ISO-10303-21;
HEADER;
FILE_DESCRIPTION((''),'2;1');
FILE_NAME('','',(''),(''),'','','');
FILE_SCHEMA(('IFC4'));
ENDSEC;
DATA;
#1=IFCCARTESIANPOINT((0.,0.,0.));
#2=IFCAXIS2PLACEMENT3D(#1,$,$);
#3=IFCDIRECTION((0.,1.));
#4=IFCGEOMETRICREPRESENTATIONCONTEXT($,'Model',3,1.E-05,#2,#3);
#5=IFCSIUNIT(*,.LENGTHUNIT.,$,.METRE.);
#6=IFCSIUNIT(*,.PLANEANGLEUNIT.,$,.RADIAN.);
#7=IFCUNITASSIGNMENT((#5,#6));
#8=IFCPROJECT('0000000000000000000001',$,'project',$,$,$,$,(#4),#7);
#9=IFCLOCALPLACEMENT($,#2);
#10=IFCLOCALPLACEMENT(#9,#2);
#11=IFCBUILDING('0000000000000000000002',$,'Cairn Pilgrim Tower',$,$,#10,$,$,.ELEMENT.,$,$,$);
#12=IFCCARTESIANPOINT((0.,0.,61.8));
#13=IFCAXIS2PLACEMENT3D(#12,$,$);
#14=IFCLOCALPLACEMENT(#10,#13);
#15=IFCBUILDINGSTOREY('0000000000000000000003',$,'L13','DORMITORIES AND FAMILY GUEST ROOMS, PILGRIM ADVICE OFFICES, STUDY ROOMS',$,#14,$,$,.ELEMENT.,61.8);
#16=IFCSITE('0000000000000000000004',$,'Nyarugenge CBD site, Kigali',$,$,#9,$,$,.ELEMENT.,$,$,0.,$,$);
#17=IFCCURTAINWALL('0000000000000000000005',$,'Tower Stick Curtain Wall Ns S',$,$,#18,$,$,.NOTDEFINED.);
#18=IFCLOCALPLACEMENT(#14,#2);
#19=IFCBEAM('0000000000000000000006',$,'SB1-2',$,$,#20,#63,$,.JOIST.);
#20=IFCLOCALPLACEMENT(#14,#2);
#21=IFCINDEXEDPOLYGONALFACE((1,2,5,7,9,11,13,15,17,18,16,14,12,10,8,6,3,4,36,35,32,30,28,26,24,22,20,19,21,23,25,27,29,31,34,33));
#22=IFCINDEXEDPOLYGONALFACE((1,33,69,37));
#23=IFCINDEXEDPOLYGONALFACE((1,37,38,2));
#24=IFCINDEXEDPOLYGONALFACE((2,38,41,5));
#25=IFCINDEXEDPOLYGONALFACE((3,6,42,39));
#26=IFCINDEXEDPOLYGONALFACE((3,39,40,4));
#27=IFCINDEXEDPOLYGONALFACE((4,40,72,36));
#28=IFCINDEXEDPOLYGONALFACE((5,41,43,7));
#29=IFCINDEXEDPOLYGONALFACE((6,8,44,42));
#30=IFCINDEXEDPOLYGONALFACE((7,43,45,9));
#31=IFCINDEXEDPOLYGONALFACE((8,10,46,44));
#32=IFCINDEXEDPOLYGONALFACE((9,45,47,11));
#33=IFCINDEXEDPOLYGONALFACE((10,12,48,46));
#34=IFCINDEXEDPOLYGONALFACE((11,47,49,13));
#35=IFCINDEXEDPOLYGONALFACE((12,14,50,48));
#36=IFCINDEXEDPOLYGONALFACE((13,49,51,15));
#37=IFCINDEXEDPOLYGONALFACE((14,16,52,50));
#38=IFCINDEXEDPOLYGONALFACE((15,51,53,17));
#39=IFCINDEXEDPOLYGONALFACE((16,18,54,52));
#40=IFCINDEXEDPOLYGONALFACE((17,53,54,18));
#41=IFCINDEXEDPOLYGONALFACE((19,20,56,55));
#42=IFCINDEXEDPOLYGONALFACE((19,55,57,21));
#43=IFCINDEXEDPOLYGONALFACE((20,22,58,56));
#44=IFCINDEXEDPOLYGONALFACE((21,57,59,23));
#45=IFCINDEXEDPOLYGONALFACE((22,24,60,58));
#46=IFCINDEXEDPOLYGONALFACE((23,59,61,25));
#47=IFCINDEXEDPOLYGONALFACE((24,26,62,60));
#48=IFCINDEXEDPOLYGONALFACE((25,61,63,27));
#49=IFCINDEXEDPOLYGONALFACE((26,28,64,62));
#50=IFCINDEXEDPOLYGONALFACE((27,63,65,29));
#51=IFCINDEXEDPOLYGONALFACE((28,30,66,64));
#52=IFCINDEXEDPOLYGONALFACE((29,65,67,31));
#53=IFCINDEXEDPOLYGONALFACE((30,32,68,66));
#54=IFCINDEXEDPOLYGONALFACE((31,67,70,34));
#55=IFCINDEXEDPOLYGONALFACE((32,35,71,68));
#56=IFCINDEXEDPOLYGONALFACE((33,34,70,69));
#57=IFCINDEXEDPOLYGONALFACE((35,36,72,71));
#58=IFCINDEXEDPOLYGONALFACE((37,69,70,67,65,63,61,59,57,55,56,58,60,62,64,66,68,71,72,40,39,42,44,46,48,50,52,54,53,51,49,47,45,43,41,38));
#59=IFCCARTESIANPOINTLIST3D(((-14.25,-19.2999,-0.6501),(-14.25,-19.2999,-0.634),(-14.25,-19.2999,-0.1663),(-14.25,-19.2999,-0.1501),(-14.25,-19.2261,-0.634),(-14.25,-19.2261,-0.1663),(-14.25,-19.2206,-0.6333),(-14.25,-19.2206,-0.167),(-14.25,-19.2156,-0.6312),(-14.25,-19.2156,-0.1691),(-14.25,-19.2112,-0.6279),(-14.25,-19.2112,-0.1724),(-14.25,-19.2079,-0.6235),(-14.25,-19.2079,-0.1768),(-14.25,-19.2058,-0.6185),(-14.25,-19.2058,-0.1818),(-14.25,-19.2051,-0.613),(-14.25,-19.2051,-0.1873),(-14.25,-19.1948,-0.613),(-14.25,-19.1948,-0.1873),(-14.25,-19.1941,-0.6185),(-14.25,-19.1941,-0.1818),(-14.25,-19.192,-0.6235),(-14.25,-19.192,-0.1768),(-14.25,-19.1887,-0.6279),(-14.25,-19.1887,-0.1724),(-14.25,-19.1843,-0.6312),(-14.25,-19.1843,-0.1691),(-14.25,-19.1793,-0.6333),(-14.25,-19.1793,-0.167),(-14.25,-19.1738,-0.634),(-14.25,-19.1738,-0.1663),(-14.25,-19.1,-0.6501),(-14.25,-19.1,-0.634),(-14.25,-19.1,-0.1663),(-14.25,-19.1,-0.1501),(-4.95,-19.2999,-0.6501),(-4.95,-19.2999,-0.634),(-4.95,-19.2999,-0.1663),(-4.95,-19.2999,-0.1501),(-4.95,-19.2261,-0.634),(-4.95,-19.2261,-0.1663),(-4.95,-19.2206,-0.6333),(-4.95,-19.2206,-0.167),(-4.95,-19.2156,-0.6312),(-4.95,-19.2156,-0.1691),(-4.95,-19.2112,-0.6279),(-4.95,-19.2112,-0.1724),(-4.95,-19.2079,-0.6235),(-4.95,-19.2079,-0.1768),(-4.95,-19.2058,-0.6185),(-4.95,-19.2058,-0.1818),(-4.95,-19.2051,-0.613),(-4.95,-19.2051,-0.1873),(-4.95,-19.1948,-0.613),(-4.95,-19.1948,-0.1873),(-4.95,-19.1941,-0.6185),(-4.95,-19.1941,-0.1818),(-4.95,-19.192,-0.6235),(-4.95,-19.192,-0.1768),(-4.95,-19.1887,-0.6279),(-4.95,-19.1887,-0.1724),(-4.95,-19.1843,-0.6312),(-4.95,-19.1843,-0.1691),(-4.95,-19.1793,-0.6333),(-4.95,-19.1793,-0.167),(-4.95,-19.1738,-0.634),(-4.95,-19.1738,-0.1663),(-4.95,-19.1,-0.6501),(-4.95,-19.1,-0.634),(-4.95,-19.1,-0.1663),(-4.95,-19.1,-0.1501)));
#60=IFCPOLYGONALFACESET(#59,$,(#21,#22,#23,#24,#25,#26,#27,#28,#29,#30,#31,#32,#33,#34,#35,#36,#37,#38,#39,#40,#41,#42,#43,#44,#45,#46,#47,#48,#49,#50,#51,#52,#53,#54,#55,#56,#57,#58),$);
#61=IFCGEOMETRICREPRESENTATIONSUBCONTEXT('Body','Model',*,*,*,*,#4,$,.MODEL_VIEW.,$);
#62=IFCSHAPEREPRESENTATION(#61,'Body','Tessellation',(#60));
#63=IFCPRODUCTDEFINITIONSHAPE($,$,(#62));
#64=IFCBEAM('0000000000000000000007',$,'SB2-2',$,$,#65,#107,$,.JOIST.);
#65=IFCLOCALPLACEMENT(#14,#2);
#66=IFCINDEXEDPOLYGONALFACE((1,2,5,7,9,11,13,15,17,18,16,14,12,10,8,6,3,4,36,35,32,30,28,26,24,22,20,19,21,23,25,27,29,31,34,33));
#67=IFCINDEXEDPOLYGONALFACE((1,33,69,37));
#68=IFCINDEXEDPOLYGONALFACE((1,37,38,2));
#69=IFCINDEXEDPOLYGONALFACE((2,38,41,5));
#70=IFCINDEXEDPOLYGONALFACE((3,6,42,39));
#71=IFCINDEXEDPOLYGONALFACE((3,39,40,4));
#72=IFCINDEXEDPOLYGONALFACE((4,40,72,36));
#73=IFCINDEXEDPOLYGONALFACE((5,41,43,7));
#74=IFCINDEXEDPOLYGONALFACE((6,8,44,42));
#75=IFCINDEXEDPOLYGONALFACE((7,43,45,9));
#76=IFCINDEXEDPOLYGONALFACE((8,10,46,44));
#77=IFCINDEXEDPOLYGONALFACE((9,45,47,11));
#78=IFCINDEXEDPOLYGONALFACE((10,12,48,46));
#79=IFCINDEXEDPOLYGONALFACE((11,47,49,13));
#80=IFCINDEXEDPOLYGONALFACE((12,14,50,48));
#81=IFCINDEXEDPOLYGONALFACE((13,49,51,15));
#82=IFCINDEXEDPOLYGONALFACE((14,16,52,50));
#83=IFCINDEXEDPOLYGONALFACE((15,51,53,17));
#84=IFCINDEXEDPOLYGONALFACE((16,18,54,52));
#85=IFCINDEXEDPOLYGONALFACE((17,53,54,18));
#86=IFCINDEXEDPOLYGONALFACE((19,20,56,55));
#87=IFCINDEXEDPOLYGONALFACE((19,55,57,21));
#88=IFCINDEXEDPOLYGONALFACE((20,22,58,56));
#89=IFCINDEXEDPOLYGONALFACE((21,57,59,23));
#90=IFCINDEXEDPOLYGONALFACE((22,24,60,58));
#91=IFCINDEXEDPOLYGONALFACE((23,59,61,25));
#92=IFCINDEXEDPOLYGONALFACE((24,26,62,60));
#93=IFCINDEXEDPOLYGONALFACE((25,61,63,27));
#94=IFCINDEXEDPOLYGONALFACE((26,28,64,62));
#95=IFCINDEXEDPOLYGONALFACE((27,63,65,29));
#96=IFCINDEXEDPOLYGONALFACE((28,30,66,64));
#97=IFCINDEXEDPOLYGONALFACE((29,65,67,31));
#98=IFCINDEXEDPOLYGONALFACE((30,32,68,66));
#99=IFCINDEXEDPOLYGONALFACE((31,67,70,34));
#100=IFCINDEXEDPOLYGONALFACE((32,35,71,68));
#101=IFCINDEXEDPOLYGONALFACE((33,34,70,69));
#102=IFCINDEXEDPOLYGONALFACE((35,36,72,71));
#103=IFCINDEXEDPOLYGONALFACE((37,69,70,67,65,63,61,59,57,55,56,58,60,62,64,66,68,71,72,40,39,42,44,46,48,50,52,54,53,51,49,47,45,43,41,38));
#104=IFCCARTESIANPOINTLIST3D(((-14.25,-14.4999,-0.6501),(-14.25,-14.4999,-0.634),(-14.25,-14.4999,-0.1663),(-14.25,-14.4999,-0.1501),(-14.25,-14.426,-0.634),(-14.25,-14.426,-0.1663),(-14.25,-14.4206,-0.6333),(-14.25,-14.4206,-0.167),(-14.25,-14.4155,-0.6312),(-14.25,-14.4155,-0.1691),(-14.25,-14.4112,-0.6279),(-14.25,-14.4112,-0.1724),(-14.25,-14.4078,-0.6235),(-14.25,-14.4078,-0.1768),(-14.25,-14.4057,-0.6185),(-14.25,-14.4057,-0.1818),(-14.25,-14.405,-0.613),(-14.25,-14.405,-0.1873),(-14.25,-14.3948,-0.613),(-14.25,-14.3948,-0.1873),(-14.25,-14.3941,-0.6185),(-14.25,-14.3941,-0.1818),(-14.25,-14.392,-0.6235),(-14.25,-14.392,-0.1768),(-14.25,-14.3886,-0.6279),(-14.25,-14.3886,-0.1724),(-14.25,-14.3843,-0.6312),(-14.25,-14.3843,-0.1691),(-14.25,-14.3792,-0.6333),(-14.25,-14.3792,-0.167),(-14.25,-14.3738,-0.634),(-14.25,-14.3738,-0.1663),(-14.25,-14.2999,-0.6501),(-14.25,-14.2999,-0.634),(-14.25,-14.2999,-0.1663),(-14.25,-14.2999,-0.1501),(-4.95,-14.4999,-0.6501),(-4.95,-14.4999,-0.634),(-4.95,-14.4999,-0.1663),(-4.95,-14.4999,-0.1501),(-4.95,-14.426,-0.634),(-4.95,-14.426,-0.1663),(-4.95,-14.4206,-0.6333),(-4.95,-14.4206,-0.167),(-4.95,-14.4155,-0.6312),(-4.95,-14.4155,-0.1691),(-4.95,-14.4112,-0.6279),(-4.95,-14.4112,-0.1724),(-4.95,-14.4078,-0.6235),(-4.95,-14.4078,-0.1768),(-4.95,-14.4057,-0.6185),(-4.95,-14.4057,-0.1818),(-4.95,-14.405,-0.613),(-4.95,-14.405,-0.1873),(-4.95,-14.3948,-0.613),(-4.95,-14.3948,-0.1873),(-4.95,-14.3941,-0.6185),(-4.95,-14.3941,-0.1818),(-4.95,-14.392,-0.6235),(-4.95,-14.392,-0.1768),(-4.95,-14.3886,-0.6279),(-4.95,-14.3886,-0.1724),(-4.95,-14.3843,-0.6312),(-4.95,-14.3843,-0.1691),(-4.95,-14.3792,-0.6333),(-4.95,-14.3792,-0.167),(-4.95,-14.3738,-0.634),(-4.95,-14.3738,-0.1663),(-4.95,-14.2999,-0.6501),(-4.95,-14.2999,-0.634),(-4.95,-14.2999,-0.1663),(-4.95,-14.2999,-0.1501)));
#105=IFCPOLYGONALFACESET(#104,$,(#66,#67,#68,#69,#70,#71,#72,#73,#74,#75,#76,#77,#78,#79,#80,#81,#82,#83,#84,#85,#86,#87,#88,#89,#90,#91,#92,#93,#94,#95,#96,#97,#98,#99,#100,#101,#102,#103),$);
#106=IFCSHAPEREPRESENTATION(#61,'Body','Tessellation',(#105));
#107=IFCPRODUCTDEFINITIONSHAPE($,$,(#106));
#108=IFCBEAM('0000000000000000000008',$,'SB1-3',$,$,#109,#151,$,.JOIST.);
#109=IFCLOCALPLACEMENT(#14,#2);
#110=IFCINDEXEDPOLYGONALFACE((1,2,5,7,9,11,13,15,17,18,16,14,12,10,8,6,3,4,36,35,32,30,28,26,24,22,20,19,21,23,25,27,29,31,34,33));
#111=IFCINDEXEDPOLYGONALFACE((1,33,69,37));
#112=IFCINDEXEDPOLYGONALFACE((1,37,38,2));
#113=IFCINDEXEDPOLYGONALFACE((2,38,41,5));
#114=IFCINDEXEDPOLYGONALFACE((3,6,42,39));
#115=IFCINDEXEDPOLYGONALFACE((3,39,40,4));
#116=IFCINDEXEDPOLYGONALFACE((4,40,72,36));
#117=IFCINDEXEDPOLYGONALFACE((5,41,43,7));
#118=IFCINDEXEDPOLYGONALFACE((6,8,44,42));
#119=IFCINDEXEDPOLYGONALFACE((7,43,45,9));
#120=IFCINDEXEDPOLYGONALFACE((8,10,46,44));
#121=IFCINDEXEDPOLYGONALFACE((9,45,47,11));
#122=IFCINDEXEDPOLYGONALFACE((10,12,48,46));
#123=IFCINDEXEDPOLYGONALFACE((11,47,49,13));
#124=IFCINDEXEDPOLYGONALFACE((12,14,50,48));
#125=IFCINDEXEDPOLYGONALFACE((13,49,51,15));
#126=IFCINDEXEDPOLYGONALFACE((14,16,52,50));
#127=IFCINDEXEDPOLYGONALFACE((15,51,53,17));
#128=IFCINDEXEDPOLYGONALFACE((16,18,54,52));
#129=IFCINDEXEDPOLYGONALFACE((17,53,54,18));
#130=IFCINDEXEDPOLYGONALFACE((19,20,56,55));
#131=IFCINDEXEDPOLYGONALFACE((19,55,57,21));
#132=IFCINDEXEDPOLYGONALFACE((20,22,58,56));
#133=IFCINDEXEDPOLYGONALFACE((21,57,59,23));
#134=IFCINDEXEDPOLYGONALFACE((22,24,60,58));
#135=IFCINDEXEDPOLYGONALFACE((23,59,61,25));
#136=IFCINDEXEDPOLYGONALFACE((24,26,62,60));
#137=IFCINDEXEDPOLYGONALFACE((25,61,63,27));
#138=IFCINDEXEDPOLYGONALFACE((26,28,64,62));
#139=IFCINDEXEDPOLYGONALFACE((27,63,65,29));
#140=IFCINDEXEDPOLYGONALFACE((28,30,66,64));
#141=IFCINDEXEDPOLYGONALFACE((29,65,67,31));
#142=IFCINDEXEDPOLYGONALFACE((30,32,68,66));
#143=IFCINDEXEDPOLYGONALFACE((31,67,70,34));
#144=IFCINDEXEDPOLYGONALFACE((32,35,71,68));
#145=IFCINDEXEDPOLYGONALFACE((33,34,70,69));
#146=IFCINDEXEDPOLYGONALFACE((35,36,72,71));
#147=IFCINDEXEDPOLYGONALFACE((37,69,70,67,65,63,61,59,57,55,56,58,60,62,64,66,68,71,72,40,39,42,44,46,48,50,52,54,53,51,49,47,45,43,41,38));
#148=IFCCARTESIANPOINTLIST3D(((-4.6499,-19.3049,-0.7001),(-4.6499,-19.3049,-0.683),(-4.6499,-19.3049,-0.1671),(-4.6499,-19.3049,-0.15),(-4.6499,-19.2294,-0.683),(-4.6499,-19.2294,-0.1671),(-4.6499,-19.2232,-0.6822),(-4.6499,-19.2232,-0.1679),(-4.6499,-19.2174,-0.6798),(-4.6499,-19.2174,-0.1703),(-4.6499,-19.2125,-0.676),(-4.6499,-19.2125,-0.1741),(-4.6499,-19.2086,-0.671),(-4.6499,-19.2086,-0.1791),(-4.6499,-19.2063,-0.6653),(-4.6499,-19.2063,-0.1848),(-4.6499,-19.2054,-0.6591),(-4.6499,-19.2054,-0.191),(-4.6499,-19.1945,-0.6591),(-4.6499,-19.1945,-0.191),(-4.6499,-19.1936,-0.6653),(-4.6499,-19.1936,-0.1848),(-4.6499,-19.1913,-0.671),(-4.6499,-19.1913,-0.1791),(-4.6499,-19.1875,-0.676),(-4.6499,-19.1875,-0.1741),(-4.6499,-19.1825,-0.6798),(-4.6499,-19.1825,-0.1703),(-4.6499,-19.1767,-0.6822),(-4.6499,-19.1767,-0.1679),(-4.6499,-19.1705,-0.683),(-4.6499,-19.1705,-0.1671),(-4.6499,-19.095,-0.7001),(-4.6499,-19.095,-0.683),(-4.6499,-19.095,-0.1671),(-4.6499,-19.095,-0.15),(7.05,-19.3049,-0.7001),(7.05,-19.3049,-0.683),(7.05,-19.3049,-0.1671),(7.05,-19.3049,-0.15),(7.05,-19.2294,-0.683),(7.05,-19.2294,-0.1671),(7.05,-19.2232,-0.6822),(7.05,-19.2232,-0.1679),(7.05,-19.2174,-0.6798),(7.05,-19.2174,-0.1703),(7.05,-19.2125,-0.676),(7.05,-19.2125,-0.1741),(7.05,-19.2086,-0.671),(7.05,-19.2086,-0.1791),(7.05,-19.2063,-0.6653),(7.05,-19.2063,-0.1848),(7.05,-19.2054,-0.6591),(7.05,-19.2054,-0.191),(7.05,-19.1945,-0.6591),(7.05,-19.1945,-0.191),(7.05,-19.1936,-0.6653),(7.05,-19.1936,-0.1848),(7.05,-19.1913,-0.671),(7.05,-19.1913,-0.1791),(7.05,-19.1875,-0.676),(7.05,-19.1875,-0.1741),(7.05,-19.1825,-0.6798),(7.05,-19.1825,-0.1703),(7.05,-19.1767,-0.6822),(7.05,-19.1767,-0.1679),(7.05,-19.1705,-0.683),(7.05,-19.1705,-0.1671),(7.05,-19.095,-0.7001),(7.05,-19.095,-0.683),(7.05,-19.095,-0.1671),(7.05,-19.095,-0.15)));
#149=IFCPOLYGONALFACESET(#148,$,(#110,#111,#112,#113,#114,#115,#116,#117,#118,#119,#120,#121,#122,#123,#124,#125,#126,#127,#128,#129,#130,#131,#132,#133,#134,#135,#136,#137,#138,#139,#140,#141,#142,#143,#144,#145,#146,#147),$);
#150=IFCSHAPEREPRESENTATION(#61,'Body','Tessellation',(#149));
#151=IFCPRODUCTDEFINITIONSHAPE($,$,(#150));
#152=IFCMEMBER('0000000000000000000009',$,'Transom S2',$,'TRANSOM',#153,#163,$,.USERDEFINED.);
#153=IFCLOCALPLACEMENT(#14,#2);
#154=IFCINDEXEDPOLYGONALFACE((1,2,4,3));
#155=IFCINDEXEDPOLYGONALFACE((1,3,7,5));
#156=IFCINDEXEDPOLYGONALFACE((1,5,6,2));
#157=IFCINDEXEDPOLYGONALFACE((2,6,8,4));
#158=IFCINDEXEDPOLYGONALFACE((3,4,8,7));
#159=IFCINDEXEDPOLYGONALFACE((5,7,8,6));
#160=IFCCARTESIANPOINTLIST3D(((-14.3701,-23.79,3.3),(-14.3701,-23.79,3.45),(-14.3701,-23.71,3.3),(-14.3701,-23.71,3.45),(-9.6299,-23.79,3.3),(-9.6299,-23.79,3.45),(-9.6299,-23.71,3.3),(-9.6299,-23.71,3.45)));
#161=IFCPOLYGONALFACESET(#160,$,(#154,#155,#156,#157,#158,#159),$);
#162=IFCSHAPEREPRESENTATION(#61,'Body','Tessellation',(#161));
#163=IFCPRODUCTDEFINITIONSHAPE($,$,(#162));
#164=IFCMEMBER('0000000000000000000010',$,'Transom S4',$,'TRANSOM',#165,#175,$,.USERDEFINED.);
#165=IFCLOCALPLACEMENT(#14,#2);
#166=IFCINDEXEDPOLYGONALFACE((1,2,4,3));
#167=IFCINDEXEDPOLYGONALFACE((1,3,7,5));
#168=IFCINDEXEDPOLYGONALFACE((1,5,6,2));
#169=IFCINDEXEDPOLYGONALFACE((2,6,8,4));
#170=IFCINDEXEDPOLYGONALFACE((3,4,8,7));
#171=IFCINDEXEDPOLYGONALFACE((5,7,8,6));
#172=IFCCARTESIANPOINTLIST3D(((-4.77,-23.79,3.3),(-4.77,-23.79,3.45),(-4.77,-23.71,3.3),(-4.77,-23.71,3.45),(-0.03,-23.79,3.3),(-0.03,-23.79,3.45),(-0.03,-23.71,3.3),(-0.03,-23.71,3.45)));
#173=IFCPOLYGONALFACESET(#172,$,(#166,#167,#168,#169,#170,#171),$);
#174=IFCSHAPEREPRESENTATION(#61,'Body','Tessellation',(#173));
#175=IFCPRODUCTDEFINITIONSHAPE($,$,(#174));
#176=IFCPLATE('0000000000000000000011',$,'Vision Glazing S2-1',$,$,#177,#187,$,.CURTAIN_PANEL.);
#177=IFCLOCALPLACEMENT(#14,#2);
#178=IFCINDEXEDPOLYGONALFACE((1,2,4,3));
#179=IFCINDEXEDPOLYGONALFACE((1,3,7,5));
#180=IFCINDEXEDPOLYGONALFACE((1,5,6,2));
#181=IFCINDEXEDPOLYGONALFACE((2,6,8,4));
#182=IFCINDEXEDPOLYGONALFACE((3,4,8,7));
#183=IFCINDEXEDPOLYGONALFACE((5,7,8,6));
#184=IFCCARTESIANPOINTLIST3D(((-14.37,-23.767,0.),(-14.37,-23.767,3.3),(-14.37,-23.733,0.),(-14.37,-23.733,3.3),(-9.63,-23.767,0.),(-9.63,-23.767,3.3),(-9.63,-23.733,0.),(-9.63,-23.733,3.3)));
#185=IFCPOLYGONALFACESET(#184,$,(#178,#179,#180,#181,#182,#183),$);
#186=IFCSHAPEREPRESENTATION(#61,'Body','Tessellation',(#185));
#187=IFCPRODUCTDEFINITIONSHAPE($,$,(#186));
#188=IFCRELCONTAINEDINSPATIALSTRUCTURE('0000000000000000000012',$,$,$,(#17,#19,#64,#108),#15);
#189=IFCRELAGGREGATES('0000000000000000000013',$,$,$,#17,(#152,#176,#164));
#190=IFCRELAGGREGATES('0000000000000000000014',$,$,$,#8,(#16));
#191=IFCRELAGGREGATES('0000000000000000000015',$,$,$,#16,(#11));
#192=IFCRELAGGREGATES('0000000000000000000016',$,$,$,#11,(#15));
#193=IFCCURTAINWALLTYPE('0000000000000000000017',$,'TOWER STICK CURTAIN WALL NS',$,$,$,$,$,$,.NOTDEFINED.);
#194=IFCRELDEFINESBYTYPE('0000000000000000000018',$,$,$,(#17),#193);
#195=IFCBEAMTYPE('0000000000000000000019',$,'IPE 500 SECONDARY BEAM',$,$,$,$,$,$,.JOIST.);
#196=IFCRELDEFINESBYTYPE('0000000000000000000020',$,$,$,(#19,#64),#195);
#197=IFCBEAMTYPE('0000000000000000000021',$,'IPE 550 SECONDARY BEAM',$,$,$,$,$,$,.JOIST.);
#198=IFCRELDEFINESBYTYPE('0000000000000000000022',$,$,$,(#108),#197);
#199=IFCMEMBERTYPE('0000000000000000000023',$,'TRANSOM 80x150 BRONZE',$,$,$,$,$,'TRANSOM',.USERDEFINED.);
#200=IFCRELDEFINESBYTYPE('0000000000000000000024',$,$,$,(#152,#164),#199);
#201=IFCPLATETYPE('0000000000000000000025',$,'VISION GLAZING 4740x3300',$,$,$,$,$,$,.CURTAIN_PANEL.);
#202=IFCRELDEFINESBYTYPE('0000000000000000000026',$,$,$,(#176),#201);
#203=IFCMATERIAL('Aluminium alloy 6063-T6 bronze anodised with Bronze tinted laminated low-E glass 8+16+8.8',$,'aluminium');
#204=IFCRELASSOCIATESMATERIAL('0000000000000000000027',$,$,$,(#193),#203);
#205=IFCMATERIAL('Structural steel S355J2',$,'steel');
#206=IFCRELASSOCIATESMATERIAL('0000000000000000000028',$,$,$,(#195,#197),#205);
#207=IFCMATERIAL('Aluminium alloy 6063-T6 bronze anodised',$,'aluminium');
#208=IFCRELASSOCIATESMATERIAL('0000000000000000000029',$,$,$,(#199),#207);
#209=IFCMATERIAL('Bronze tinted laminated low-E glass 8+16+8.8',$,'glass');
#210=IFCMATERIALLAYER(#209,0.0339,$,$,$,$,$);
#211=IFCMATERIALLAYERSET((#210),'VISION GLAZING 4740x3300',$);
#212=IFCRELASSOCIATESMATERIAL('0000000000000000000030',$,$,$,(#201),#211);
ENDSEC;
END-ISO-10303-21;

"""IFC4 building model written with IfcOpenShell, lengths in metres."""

from ifc_helpers import new_model, si_unit, direction, frame, origin, origin_2d, place, context, subcontext, project, spatial, rectangle, i_section, extrude, material, layer, layer_set, material_profile, profile_set, type_object, element, aggregate, save


model = new_model("IFC4")

# Units and contexts
model_context = context("Model", 3, precision=1e-05, world=origin(), true_north=direction((0.0, 1.0)))
body_context = subcontext(model_context, "Body", "Model", "MODEL_VIEW")
ifc_project = project(units=[si_unit("LENGTHUNIT", "METRE"), si_unit("PLANEANGLEUNIT", "RADIAN")], contexts=[model_context])

# Site, building, storey
site_placement = place(None, origin())
site = spatial("IfcSite", under=ifc_project, at=site_placement, Name="Nyarugenge CBD site, Kigali", CompositionType="ELEMENT", RefElevation=0.0)
building_placement = place(site_placement, origin())
building = spatial("IfcBuilding", under=site, at=building_placement, Name="Cairn Pilgrim Tower", CompositionType="ELEMENT")
storey_placement = place(building_placement, frame((0.0, 0.0, 61.8)))
storey = spatial("IfcBuildingStorey", under=building, at=storey_placement, Name="L13", Description="DORMITORIES AND FAMILY GUEST ROOMS, PILGRIM ADVICE OFFICES, STUDY ROOMS", CompositionType="ELEMENT", Elevation=61.8)

# Curtain wall
ifc_material_1 = material(Name="Aluminium alloy 6063-T6 bronze anodised with Bronze tinted laminated low-E glass 8+16+8.8", Category="aluminium")
curtain_wall_type = type_object("IfcCurtainWallType", Name="TOWER STICK CURTAIN WALL NS", PredefinedType="NOTDEFINED", material=ifc_material_1)
curtain_wall_placement = place(storey_placement, origin())
curtain_wall = element("IfcCurtainWall", 1, at=curtain_wall_placement, inside=storey, type_object=curtain_wall_type, Name="Tower Stick Curtain Wall Ns S", PredefinedType="NOTDEFINED")
ifc_material_2 = material(Name="Aluminium alloy 6063-T6 bronze anodised", Category="aluminium")

# Beams
ifc_material_3 = material(Name="Structural steel S355J2", Category="steel")
ifc_material_profile_1 = material_profile(ifc_material_3, i_section(OverallWidth=0.2, OverallDepth=0.5, WebThickness=0.0103, FlangeThickness=0.0161, FilletRadius=0.021, at=origin_2d()), Name="IPE 500")
ifc_profile_set_1 = profile_set([ifc_material_profile_1], Name="Structural steel S355J2")
beam_type_1 = type_object("IfcBeamType", Name="IPE 500 SECONDARY BEAM", PredefinedType="JOIST", material=ifc_profile_set_1)
for number, where, z_axis, x_axis, name in (
    (2, (-14.25, -19.2, -0.4001), (1.0, 0.0, 0.0), (0.0, 1.0, 0.0), "SB1-2"),
    (3, (-14.25, -14.3999, -0.4001), (1.0, 0.0, 0.0), (0.0, 1.0, 0.0), "SB2-2"),
):
    element("IfcBeam", number, at=place(storey_placement, frame(where, z_axis=z_axis, x_axis=x_axis)), inside=storey, type_object=beam_type_1, Name=name, PredefinedType="JOIST", context=body_context, shape_type="SweptSolid", body=[
        extrude(i_section(OverallWidth=0.2, OverallDepth=0.5, WebThickness=0.0103, FlangeThickness=0.0161, FilletRadius=0.021, at=origin_2d()), origin(), (0.0, 0.0, 1.0), 9.3),
    ])
ifc_material_profile_2 = material_profile(ifc_material_3, i_section(OverallWidth=0.21, OverallDepth=0.55, WebThickness=0.011, FlangeThickness=0.0171, FilletRadius=0.0239, at=origin_2d()), Name="IPE 550")
ifc_profile_set_2 = profile_set([ifc_material_profile_2], Name="Structural steel S355J2")
beam_type_2 = type_object("IfcBeamType", Name="IPE 550 SECONDARY BEAM", PredefinedType="JOIST", material=ifc_profile_set_2)
beam_1_placement = place(storey_placement, frame((-4.6499, -19.2, -0.425), z_axis=(1.0, 0.0, 0.0), x_axis=(0.0, 1.0, 0.0)))
element("IfcBeam", 4, at=beam_1_placement, inside=storey, type_object=beam_type_2, Name="SB1-3", PredefinedType="JOIST", context=body_context, shape_type="SweptSolid", body=[
    extrude(i_section(OverallWidth=0.21, OverallDepth=0.55, WebThickness=0.011, FlangeThickness=0.0171, FilletRadius=0.0239, at=origin_2d()), origin(), (0.0, 0.0, 1.0), 11.7),
])

# Members
ifc_material_profile_3 = material_profile(ifc_material_2, rectangle(XDim=0.0801, YDim=0.1499, at=origin_2d()), Name="TRANSOM 80x150 BRONZE")
ifc_profile_set_3 = profile_set([ifc_material_profile_3], Name="Aluminium alloy 6063-T6 bronze anodised")
member_type_1 = type_object("IfcMemberType", Name="TRANSOM 80x150 BRONZE", ElementType="TRANSOM", PredefinedType="USERDEFINED", material=ifc_profile_set_3)
member_1_placement = place(storey_placement, frame((-14.3701, -23.75, 3.375), z_axis=(1.0, 0.0, 0.0), x_axis=(0.0, 1.0, 0.0)))
member_1 = element("IfcMember", 5, at=member_1_placement, type_object=member_type_1, Name="Transom S2", ObjectType="TRANSOM", PredefinedType="USERDEFINED", context=body_context, shape_type="SweptSolid", body=[
    extrude(rectangle(XDim=0.0801, YDim=0.1499, at=origin_2d()), origin(), (0.0, 0.0, 1.0), 4.7402),
])
member_2_placement = place(storey_placement, frame((-4.77, -23.75, 3.375), z_axis=(1.0, 0.0, 0.0), x_axis=(0.0, 1.0, 0.0)))
member_2 = element("IfcMember", 6, at=member_2_placement, type_object=member_type_1, Name="Transom S4", ObjectType="TRANSOM", PredefinedType="USERDEFINED", context=body_context, shape_type="SweptSolid", body=[
    extrude(rectangle(XDim=0.0801, YDim=0.1499, at=origin_2d()), origin(), (0.0, 0.0, 1.0), 4.74),
])

# Plate
ifc_material_4 = material(Name="Bronze tinted laminated low-E glass 8+16+8.8", Category="glass")
ifc_layer_1 = layer(ifc_material_4, 0.0339)
ifc_layer_set_1 = layer_set([ifc_layer_1], Name="VISION GLAZING 4740x3300")
plate_type = type_object("IfcPlateType", Name="VISION GLAZING 4740x3300", PredefinedType="CURTAIN_PANEL", material=ifc_layer_set_1)
plate_1_placement = place(storey_placement, frame((-12.0, -23.75, 0.0), z_axis=(0.0, 0.0, 1.0), x_axis=(1.0, 0.0, 0.0)))
plate_1 = element("IfcPlate", 7, at=plate_1_placement, type_object=plate_type, Name="Vision Glazing S2-1", PredefinedType="CURTAIN_PANEL", context=body_context, shape_type="SweptSolid", body=[
    extrude(rectangle(XDim=4.74, YDim=0.0339, at=origin_2d()), origin(), (0.0, 0.0, 1.0), 3.3),
])
aggregate(curtain_wall, [member_1, plate_1, member_2])

save(model, "model.ifc")
